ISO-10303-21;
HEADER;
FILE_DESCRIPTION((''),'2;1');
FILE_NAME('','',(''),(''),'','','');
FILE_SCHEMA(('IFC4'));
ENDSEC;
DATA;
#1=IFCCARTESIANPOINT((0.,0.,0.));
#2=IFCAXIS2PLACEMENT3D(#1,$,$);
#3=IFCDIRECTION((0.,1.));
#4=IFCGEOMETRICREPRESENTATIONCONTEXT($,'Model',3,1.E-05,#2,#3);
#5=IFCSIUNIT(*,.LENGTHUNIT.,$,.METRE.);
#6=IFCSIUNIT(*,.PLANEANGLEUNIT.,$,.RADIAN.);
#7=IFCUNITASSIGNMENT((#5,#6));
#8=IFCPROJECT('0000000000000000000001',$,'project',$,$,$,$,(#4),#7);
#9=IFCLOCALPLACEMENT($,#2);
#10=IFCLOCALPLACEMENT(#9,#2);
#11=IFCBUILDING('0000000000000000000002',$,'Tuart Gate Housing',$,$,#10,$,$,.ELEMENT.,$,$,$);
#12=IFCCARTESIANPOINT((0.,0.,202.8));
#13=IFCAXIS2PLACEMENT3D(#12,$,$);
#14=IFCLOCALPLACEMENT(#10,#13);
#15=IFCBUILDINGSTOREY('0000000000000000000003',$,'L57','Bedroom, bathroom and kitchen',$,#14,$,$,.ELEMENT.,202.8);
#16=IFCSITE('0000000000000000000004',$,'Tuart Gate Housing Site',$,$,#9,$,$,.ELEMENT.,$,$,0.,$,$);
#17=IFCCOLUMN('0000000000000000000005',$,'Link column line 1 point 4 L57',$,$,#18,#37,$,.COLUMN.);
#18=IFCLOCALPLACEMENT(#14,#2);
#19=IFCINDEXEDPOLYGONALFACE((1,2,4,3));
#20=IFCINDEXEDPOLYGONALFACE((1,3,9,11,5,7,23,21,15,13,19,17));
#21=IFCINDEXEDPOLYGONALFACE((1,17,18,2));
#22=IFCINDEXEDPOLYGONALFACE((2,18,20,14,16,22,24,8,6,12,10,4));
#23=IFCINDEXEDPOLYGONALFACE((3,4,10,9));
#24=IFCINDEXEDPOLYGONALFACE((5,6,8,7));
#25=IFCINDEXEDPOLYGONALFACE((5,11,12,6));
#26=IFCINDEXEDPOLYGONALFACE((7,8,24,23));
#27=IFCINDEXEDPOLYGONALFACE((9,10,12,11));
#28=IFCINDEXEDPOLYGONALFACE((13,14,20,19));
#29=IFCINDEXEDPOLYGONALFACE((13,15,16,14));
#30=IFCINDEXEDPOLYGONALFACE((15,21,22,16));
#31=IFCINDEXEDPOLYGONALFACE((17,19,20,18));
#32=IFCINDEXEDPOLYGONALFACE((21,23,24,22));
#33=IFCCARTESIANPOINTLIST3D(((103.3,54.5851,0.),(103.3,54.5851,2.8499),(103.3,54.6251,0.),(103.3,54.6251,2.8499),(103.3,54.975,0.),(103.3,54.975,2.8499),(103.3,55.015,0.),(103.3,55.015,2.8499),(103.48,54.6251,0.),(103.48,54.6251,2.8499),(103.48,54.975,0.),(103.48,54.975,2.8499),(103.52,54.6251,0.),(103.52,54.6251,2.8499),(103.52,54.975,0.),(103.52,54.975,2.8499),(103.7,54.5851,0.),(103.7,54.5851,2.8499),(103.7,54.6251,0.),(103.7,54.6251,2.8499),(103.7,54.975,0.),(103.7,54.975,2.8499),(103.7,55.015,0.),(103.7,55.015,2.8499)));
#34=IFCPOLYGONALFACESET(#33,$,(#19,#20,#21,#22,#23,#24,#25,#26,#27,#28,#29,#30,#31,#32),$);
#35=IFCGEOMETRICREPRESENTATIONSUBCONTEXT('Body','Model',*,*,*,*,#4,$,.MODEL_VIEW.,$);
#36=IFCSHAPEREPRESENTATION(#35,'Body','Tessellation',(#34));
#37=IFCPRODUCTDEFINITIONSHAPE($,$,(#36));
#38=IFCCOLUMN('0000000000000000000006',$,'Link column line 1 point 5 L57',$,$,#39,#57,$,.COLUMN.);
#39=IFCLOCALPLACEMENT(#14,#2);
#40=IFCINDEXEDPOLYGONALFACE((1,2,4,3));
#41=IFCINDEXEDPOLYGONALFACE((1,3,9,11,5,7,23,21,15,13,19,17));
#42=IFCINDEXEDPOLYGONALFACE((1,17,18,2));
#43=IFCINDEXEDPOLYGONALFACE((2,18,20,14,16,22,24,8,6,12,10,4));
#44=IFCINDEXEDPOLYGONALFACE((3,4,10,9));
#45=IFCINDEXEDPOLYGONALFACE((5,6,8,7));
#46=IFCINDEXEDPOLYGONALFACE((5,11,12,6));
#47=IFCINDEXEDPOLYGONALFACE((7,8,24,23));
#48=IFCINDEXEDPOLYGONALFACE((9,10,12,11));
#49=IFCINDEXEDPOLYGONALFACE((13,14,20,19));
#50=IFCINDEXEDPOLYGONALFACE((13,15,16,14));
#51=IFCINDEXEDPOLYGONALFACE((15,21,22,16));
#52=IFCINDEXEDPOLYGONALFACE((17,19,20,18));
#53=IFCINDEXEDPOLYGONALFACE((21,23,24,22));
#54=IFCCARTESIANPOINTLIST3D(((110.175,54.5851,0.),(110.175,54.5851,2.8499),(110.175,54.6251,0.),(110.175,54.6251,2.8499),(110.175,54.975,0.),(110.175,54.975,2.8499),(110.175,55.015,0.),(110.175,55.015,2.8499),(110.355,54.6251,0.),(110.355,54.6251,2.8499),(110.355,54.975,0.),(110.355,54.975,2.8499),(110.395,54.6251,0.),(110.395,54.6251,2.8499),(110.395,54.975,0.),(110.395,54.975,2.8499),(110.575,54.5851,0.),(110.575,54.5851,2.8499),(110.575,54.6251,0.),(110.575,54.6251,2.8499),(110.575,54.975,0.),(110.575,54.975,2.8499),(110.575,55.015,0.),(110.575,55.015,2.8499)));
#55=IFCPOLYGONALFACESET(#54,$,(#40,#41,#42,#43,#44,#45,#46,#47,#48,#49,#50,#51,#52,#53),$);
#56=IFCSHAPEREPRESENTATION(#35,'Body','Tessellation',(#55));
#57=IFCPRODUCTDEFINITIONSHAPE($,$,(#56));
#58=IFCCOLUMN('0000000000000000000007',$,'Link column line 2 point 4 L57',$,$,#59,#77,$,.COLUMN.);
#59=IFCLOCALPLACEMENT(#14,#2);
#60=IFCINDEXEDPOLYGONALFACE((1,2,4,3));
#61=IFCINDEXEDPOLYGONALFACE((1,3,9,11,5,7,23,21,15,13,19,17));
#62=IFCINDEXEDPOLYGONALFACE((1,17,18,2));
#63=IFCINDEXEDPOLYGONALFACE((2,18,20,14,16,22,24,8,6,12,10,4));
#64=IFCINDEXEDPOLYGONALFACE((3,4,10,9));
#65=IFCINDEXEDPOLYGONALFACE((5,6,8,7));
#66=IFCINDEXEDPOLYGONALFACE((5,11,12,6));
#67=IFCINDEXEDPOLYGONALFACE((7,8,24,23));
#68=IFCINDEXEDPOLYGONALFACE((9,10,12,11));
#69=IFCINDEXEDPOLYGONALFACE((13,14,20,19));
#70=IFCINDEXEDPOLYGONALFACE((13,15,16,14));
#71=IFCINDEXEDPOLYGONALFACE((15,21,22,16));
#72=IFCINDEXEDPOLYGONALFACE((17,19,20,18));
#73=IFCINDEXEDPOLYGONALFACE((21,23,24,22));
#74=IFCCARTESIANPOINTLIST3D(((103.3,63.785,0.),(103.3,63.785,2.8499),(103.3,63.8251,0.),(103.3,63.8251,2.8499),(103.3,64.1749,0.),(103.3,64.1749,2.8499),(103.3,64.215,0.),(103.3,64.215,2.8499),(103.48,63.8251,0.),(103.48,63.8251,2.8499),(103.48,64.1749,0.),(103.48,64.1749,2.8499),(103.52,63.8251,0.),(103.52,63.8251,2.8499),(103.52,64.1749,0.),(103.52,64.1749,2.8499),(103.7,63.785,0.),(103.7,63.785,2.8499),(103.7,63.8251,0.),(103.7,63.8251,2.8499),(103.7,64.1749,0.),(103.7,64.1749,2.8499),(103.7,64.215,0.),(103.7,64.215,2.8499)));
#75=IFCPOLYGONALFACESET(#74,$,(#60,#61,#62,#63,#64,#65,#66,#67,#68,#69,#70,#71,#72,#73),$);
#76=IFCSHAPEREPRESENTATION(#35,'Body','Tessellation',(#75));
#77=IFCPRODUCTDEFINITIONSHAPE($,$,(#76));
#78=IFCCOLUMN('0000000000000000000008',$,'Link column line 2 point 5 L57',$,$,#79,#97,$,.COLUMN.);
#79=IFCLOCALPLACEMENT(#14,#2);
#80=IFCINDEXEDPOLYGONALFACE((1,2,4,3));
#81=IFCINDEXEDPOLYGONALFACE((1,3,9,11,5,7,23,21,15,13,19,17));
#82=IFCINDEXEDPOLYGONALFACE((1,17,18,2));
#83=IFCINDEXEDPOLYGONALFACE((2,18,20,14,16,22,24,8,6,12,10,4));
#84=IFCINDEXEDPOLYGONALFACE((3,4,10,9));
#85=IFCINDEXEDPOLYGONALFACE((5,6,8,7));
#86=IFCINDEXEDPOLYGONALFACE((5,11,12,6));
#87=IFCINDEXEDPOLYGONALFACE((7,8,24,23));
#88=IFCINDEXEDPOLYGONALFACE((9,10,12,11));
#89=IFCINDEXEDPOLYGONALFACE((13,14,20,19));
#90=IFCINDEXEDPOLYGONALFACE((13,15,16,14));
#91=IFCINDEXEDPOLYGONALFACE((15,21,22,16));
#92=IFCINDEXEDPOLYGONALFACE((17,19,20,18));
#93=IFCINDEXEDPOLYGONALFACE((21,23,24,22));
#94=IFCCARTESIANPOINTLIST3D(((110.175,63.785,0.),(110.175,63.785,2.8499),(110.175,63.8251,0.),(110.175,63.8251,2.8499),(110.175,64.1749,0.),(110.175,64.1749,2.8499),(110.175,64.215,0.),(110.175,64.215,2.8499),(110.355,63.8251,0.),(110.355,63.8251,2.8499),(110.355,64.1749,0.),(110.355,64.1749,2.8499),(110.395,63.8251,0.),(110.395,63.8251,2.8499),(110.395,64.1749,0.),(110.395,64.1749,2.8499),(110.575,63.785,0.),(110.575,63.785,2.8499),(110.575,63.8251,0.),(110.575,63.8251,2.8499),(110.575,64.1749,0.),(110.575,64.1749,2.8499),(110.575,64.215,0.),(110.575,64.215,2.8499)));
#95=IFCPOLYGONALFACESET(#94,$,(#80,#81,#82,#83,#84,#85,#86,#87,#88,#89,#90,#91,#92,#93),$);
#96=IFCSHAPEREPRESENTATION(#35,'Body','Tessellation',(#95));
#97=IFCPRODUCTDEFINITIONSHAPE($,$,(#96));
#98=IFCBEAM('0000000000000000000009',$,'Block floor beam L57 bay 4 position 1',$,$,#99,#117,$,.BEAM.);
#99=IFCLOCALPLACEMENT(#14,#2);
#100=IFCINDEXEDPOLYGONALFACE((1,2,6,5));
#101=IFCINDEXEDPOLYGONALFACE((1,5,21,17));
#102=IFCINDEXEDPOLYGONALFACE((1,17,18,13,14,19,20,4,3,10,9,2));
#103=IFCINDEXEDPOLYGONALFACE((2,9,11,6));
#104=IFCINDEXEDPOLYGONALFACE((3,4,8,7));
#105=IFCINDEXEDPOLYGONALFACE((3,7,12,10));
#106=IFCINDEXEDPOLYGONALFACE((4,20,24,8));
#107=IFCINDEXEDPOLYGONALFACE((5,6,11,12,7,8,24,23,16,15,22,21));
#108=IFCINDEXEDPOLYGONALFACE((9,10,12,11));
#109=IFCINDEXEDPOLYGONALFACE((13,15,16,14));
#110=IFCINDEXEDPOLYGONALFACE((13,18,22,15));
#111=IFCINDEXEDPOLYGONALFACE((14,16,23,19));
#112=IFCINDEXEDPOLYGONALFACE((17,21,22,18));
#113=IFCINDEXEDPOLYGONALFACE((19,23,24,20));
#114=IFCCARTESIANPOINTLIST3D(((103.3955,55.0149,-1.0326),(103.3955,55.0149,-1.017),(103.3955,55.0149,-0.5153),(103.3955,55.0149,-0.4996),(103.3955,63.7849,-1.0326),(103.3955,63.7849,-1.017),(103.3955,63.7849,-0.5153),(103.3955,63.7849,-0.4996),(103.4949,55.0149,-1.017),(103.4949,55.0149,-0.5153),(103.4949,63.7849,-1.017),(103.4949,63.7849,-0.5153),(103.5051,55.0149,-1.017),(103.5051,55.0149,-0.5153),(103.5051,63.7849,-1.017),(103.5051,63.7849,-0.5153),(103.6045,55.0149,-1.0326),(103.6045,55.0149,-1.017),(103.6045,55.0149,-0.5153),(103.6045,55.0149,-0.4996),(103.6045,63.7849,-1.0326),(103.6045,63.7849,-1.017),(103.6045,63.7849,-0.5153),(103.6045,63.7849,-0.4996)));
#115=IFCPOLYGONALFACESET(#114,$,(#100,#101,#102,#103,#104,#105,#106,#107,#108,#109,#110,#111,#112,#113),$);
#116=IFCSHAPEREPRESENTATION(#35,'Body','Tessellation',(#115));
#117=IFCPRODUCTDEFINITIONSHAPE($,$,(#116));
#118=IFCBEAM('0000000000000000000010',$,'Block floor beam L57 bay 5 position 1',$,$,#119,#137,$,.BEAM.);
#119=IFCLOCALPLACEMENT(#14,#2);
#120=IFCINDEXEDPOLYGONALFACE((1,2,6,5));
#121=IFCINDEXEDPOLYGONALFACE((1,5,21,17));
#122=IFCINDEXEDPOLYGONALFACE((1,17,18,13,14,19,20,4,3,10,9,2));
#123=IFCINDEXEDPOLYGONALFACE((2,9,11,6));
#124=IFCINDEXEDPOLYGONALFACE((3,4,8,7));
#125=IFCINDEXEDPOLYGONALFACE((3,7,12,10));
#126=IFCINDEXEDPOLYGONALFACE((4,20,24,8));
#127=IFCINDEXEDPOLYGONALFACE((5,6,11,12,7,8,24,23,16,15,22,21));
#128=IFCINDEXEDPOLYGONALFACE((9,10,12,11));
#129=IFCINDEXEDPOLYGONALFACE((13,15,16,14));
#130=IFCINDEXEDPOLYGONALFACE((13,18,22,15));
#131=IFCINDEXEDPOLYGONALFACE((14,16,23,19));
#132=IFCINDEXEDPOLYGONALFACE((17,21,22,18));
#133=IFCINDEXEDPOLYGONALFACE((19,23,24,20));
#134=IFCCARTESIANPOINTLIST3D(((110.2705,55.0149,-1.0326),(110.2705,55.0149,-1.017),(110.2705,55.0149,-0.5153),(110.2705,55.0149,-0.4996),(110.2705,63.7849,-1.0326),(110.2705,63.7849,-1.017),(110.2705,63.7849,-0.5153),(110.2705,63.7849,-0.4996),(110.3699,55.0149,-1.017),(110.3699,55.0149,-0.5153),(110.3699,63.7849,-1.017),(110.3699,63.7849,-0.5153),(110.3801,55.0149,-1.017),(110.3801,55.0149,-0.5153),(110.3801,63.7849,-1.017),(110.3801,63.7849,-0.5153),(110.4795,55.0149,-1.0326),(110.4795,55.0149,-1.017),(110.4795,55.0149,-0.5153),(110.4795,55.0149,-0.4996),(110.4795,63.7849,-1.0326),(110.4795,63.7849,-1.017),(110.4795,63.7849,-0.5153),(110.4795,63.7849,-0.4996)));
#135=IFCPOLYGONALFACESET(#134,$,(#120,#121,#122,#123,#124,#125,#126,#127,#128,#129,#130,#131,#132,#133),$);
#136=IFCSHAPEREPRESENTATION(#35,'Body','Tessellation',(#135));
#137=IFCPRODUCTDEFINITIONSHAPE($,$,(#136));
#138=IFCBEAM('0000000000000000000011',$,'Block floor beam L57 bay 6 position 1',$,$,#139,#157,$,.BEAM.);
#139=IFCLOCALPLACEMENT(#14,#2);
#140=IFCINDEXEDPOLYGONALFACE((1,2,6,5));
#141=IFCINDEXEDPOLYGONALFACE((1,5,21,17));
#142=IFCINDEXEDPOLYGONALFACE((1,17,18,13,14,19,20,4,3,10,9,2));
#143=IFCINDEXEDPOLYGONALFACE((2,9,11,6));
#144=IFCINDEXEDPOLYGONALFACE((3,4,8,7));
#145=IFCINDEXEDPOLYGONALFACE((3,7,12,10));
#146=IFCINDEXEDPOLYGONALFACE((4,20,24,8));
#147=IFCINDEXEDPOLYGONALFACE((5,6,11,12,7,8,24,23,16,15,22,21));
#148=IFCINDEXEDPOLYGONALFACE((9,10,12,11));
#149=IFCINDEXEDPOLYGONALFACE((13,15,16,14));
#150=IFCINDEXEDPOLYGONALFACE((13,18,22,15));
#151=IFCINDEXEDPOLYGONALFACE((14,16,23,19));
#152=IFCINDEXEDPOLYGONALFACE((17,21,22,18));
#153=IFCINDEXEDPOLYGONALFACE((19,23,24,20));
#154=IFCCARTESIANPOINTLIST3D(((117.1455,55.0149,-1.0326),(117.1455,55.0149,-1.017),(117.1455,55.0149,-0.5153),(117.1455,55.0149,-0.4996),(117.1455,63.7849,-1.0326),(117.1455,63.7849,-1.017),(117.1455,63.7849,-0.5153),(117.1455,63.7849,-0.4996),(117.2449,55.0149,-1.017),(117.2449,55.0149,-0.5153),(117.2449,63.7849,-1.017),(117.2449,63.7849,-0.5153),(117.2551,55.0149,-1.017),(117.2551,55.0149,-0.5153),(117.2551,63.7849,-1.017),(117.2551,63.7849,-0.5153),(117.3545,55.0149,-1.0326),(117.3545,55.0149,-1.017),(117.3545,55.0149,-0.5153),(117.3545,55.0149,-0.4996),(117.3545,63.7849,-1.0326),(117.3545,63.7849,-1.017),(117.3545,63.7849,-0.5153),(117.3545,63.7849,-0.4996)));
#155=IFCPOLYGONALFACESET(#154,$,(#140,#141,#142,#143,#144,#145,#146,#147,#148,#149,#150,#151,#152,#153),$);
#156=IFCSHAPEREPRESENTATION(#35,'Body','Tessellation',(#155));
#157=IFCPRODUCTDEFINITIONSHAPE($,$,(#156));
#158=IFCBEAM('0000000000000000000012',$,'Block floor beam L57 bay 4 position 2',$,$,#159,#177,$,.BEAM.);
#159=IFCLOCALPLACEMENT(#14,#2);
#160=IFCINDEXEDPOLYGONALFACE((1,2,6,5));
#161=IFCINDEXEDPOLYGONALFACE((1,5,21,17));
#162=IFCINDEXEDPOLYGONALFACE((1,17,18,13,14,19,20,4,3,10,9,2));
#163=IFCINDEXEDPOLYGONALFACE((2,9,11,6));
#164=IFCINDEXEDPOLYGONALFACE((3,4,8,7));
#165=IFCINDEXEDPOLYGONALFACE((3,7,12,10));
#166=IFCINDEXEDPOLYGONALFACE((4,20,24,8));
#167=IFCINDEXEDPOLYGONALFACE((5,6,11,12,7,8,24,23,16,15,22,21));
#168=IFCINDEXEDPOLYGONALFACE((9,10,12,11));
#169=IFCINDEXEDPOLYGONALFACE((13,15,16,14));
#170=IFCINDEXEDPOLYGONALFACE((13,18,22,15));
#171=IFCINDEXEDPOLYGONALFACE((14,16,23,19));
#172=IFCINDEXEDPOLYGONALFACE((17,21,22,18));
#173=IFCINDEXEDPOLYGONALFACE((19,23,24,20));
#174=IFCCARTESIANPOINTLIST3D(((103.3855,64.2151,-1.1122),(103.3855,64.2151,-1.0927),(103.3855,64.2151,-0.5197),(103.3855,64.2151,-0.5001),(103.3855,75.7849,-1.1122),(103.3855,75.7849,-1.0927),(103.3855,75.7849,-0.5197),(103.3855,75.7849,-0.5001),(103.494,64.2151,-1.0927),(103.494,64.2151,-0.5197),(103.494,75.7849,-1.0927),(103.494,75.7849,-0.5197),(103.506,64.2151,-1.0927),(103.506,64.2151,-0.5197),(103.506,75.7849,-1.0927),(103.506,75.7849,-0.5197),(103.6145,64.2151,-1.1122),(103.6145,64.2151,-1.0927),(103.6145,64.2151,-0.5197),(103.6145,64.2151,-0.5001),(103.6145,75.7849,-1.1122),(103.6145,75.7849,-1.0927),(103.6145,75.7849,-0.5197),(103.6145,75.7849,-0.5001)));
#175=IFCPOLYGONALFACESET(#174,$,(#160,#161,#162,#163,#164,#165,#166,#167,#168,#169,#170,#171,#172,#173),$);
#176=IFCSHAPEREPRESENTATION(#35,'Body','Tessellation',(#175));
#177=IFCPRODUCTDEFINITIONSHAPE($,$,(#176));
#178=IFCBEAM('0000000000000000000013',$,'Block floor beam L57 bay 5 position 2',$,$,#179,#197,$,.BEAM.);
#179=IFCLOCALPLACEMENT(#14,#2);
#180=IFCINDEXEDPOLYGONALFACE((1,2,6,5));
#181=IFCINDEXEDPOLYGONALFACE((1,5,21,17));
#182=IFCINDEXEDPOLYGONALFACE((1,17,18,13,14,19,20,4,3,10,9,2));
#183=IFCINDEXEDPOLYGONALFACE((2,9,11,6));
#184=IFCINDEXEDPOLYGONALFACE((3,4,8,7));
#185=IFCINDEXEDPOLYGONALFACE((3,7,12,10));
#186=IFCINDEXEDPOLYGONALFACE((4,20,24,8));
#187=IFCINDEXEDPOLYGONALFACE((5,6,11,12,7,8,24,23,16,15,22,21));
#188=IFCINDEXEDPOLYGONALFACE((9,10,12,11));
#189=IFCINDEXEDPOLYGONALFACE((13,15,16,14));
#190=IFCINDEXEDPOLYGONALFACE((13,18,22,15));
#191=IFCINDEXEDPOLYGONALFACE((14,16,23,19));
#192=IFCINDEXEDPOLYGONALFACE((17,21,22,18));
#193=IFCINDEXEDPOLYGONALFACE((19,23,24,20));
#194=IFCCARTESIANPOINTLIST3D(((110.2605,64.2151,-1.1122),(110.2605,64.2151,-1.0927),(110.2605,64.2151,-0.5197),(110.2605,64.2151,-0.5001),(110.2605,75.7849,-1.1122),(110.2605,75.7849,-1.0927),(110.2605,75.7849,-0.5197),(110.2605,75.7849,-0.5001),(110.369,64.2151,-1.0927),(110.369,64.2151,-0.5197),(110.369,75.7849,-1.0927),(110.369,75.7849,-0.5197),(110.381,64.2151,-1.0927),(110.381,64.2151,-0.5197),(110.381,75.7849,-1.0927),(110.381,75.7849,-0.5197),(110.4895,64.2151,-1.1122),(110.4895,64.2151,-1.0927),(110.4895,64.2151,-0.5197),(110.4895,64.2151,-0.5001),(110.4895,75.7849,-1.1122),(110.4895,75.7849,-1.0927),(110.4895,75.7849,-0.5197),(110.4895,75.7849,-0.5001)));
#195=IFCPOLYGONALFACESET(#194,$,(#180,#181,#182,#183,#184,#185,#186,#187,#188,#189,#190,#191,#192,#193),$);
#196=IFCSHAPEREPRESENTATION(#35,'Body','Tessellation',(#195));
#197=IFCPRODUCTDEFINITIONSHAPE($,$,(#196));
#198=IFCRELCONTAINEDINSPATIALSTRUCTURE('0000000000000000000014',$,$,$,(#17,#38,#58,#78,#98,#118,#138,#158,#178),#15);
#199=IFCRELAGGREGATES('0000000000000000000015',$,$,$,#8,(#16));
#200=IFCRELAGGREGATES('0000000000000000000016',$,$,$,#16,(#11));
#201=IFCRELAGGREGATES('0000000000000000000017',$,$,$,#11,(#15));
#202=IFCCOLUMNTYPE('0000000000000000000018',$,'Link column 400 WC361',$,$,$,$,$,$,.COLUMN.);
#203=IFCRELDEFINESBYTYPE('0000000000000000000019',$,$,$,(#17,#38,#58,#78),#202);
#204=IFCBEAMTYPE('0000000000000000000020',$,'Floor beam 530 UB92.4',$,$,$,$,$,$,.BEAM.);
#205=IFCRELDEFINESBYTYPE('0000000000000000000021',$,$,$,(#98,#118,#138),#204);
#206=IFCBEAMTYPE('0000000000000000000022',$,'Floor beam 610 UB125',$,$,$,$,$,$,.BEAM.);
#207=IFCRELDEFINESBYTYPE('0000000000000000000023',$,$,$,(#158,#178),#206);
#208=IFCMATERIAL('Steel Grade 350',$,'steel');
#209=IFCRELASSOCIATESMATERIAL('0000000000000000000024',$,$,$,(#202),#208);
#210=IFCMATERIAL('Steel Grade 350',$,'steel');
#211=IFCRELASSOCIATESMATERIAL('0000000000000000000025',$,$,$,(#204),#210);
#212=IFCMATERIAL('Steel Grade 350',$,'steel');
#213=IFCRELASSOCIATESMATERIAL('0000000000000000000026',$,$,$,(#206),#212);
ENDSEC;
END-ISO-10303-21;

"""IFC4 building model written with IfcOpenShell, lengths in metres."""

from ifc_helpers import new_model, si_unit, direction, frame, origin, origin_2d, place, context, subcontext, project, spatial, i_section, extrude, material, material_profile, profile_set, type_object, element, save


model = new_model("IFC4")

# Units and contexts
model_context = context("Model", 3, precision=1e-05, world=origin(), true_north=direction((0.0, 1.0)))
body_context = subcontext(model_context, "Body", "Model", "MODEL_VIEW")
ifc_project = project(units=[si_unit("LENGTHUNIT", "METRE"), si_unit("PLANEANGLEUNIT", "RADIAN")], contexts=[model_context])

# Site, building, storey
site_placement = place(None, origin())
site = spatial("IfcSite", under=ifc_project, at=site_placement, Name="Tuart Gate Housing Site", CompositionType="ELEMENT", RefElevation=0.0)
building_placement = place(site_placement, origin())
building = spatial("IfcBuilding", under=site, at=building_placement, Name="Tuart Gate Housing", CompositionType="ELEMENT")
storey_placement = place(building_placement, frame((0.0, 0.0, 202.8)))
storey = spatial("IfcBuildingStorey", under=building, at=storey_placement, Name="L57", Description="Bedroom, bathroom and kitchen", CompositionType="ELEMENT", Elevation=202.8)

# Columns
ifc_material_1 = material(Name="Steel Grade 350", Category="steel")
ifc_material_profile_1 = material_profile(ifc_material_1, i_section(OverallWidth=0.3999, OverallDepth=0.4299, WebThickness=0.04, FlangeThickness=0.04, at=origin_2d()), Name="400WC361")
ifc_profile_set_1 = profile_set([ifc_material_profile_1], Name="Steel Grade 350")
column_type = type_object("IfcColumnType", Name="Link column 400 WC361", PredefinedType="COLUMN", material=ifc_profile_set_1)
for number, where, z_axis, x_axis, name in (
    (1, (103.5, 54.8, 0.0), (0.0, 0.0, 1.0), (1.0, 0.0, 0.0), "Link column line 1 point 4 L57"),
    (2, (110.375, 54.8, 0.0), (0.0, 0.0, 1.0), (1.0, 0.0, 0.0), "Link column line 1 point 5 L57"),
    (3, (103.5, 64.0, 0.0), (0.0, 0.0, 1.0), (1.0, 0.0, 0.0), "Link column line 2 point 4 L57"),
    (4, (110.375, 64.0, 0.0), (0.0, 0.0, 1.0), (1.0, 0.0, 0.0), "Link column line 2 point 5 L57"),
):
    element("IfcColumn", number, at=place(storey_placement, frame(where, z_axis=z_axis, x_axis=x_axis)), inside=storey, type_object=column_type, Name=name, PredefinedType="COLUMN", context=body_context, shape_type="SweptSolid", body=[
        extrude(i_section(OverallWidth=0.3999, OverallDepth=0.4299, WebThickness=0.04, FlangeThickness=0.04, at=origin_2d()), origin(), (0.0, 0.0, 1.0), 2.8499),
    ])

# Beams
ifc_material_2 = material(Name="Steel Grade 350", Category="steel")
ifc_material_profile_2 = material_profile(ifc_material_2, i_section(OverallWidth=0.209, OverallDepth=0.533, WebThickness=0.0103, FlangeThickness=0.0156, at=origin_2d()), Name="530UB92.4")
ifc_profile_set_2 = profile_set([ifc_material_profile_2], Name="Steel Grade 350")
beam_type_1 = type_object("IfcBeamType", Name="Floor beam 530 UB92.4", PredefinedType="BEAM", material=ifc_profile_set_2)
for number, where, z_axis, x_axis, name in (
    (5, (103.5, 55.0149, -0.7661), (0.0, 1.0, 0.0), (-1.0, 0.0, 0.0), "Block floor beam L57 bay 4 position 1"),
    (6, (110.375, 55.0149, -0.7661), (0.0, 1.0, 0.0), (-1.0, 0.0, 0.0), "Block floor beam L57 bay 5 position 1"),
    (7, (117.25, 55.0149, -0.7661), (0.0, 1.0, 0.0), (-1.0, 0.0, 0.0), "Block floor beam L57 bay 6 position 1"),
):
    element("IfcBeam", number, at=place(storey_placement, frame(where, z_axis=z_axis, x_axis=x_axis)), inside=storey, type_object=beam_type_1, Name=name, PredefinedType="BEAM", context=body_context, shape_type="SweptSolid", body=[
        extrude(i_section(OverallWidth=0.209, OverallDepth=0.533, WebThickness=0.0103, FlangeThickness=0.0156, at=origin_2d()), origin(), (0.0, 0.0, 1.0), 8.77),
    ])
ifc_material_3 = material(Name="Steel Grade 350", Category="steel")
ifc_material_profile_3 = material_profile(ifc_material_3, i_section(OverallWidth=0.229, OverallDepth=0.6121, WebThickness=0.012, FlangeThickness=0.0195, at=origin_2d()), Name="610UB125")
ifc_profile_set_3 = profile_set([ifc_material_profile_3], Name="Steel Grade 350")
beam_type_2 = type_object("IfcBeamType", Name="Floor beam 610 UB125", PredefinedType="BEAM", material=ifc_profile_set_3)
for number, where, z_axis, x_axis, name in (
    (8, (103.5, 64.2151, -0.8062), (0.0, 1.0, 0.0), (-1.0, 0.0, 0.0), "Block floor beam L57 bay 4 position 2"),
    (9, (110.375, 64.2151, -0.8062), (0.0, 1.0, 0.0), (-1.0, 0.0, 0.0), "Block floor beam L57 bay 5 position 2"),
):
    element("IfcBeam", number, at=place(storey_placement, frame(where, z_axis=z_axis, x_axis=x_axis)), inside=storey, type_object=beam_type_2, Name=name, PredefinedType="BEAM", context=body_context, shape_type="SweptSolid", body=[
        extrude(i_section(OverallWidth=0.229, OverallDepth=0.6121, WebThickness=0.012, FlangeThickness=0.0195, at=origin_2d()), origin(), (0.0, 0.0, 1.0), 11.5698),
    ])

save(model, "model.ifc")
